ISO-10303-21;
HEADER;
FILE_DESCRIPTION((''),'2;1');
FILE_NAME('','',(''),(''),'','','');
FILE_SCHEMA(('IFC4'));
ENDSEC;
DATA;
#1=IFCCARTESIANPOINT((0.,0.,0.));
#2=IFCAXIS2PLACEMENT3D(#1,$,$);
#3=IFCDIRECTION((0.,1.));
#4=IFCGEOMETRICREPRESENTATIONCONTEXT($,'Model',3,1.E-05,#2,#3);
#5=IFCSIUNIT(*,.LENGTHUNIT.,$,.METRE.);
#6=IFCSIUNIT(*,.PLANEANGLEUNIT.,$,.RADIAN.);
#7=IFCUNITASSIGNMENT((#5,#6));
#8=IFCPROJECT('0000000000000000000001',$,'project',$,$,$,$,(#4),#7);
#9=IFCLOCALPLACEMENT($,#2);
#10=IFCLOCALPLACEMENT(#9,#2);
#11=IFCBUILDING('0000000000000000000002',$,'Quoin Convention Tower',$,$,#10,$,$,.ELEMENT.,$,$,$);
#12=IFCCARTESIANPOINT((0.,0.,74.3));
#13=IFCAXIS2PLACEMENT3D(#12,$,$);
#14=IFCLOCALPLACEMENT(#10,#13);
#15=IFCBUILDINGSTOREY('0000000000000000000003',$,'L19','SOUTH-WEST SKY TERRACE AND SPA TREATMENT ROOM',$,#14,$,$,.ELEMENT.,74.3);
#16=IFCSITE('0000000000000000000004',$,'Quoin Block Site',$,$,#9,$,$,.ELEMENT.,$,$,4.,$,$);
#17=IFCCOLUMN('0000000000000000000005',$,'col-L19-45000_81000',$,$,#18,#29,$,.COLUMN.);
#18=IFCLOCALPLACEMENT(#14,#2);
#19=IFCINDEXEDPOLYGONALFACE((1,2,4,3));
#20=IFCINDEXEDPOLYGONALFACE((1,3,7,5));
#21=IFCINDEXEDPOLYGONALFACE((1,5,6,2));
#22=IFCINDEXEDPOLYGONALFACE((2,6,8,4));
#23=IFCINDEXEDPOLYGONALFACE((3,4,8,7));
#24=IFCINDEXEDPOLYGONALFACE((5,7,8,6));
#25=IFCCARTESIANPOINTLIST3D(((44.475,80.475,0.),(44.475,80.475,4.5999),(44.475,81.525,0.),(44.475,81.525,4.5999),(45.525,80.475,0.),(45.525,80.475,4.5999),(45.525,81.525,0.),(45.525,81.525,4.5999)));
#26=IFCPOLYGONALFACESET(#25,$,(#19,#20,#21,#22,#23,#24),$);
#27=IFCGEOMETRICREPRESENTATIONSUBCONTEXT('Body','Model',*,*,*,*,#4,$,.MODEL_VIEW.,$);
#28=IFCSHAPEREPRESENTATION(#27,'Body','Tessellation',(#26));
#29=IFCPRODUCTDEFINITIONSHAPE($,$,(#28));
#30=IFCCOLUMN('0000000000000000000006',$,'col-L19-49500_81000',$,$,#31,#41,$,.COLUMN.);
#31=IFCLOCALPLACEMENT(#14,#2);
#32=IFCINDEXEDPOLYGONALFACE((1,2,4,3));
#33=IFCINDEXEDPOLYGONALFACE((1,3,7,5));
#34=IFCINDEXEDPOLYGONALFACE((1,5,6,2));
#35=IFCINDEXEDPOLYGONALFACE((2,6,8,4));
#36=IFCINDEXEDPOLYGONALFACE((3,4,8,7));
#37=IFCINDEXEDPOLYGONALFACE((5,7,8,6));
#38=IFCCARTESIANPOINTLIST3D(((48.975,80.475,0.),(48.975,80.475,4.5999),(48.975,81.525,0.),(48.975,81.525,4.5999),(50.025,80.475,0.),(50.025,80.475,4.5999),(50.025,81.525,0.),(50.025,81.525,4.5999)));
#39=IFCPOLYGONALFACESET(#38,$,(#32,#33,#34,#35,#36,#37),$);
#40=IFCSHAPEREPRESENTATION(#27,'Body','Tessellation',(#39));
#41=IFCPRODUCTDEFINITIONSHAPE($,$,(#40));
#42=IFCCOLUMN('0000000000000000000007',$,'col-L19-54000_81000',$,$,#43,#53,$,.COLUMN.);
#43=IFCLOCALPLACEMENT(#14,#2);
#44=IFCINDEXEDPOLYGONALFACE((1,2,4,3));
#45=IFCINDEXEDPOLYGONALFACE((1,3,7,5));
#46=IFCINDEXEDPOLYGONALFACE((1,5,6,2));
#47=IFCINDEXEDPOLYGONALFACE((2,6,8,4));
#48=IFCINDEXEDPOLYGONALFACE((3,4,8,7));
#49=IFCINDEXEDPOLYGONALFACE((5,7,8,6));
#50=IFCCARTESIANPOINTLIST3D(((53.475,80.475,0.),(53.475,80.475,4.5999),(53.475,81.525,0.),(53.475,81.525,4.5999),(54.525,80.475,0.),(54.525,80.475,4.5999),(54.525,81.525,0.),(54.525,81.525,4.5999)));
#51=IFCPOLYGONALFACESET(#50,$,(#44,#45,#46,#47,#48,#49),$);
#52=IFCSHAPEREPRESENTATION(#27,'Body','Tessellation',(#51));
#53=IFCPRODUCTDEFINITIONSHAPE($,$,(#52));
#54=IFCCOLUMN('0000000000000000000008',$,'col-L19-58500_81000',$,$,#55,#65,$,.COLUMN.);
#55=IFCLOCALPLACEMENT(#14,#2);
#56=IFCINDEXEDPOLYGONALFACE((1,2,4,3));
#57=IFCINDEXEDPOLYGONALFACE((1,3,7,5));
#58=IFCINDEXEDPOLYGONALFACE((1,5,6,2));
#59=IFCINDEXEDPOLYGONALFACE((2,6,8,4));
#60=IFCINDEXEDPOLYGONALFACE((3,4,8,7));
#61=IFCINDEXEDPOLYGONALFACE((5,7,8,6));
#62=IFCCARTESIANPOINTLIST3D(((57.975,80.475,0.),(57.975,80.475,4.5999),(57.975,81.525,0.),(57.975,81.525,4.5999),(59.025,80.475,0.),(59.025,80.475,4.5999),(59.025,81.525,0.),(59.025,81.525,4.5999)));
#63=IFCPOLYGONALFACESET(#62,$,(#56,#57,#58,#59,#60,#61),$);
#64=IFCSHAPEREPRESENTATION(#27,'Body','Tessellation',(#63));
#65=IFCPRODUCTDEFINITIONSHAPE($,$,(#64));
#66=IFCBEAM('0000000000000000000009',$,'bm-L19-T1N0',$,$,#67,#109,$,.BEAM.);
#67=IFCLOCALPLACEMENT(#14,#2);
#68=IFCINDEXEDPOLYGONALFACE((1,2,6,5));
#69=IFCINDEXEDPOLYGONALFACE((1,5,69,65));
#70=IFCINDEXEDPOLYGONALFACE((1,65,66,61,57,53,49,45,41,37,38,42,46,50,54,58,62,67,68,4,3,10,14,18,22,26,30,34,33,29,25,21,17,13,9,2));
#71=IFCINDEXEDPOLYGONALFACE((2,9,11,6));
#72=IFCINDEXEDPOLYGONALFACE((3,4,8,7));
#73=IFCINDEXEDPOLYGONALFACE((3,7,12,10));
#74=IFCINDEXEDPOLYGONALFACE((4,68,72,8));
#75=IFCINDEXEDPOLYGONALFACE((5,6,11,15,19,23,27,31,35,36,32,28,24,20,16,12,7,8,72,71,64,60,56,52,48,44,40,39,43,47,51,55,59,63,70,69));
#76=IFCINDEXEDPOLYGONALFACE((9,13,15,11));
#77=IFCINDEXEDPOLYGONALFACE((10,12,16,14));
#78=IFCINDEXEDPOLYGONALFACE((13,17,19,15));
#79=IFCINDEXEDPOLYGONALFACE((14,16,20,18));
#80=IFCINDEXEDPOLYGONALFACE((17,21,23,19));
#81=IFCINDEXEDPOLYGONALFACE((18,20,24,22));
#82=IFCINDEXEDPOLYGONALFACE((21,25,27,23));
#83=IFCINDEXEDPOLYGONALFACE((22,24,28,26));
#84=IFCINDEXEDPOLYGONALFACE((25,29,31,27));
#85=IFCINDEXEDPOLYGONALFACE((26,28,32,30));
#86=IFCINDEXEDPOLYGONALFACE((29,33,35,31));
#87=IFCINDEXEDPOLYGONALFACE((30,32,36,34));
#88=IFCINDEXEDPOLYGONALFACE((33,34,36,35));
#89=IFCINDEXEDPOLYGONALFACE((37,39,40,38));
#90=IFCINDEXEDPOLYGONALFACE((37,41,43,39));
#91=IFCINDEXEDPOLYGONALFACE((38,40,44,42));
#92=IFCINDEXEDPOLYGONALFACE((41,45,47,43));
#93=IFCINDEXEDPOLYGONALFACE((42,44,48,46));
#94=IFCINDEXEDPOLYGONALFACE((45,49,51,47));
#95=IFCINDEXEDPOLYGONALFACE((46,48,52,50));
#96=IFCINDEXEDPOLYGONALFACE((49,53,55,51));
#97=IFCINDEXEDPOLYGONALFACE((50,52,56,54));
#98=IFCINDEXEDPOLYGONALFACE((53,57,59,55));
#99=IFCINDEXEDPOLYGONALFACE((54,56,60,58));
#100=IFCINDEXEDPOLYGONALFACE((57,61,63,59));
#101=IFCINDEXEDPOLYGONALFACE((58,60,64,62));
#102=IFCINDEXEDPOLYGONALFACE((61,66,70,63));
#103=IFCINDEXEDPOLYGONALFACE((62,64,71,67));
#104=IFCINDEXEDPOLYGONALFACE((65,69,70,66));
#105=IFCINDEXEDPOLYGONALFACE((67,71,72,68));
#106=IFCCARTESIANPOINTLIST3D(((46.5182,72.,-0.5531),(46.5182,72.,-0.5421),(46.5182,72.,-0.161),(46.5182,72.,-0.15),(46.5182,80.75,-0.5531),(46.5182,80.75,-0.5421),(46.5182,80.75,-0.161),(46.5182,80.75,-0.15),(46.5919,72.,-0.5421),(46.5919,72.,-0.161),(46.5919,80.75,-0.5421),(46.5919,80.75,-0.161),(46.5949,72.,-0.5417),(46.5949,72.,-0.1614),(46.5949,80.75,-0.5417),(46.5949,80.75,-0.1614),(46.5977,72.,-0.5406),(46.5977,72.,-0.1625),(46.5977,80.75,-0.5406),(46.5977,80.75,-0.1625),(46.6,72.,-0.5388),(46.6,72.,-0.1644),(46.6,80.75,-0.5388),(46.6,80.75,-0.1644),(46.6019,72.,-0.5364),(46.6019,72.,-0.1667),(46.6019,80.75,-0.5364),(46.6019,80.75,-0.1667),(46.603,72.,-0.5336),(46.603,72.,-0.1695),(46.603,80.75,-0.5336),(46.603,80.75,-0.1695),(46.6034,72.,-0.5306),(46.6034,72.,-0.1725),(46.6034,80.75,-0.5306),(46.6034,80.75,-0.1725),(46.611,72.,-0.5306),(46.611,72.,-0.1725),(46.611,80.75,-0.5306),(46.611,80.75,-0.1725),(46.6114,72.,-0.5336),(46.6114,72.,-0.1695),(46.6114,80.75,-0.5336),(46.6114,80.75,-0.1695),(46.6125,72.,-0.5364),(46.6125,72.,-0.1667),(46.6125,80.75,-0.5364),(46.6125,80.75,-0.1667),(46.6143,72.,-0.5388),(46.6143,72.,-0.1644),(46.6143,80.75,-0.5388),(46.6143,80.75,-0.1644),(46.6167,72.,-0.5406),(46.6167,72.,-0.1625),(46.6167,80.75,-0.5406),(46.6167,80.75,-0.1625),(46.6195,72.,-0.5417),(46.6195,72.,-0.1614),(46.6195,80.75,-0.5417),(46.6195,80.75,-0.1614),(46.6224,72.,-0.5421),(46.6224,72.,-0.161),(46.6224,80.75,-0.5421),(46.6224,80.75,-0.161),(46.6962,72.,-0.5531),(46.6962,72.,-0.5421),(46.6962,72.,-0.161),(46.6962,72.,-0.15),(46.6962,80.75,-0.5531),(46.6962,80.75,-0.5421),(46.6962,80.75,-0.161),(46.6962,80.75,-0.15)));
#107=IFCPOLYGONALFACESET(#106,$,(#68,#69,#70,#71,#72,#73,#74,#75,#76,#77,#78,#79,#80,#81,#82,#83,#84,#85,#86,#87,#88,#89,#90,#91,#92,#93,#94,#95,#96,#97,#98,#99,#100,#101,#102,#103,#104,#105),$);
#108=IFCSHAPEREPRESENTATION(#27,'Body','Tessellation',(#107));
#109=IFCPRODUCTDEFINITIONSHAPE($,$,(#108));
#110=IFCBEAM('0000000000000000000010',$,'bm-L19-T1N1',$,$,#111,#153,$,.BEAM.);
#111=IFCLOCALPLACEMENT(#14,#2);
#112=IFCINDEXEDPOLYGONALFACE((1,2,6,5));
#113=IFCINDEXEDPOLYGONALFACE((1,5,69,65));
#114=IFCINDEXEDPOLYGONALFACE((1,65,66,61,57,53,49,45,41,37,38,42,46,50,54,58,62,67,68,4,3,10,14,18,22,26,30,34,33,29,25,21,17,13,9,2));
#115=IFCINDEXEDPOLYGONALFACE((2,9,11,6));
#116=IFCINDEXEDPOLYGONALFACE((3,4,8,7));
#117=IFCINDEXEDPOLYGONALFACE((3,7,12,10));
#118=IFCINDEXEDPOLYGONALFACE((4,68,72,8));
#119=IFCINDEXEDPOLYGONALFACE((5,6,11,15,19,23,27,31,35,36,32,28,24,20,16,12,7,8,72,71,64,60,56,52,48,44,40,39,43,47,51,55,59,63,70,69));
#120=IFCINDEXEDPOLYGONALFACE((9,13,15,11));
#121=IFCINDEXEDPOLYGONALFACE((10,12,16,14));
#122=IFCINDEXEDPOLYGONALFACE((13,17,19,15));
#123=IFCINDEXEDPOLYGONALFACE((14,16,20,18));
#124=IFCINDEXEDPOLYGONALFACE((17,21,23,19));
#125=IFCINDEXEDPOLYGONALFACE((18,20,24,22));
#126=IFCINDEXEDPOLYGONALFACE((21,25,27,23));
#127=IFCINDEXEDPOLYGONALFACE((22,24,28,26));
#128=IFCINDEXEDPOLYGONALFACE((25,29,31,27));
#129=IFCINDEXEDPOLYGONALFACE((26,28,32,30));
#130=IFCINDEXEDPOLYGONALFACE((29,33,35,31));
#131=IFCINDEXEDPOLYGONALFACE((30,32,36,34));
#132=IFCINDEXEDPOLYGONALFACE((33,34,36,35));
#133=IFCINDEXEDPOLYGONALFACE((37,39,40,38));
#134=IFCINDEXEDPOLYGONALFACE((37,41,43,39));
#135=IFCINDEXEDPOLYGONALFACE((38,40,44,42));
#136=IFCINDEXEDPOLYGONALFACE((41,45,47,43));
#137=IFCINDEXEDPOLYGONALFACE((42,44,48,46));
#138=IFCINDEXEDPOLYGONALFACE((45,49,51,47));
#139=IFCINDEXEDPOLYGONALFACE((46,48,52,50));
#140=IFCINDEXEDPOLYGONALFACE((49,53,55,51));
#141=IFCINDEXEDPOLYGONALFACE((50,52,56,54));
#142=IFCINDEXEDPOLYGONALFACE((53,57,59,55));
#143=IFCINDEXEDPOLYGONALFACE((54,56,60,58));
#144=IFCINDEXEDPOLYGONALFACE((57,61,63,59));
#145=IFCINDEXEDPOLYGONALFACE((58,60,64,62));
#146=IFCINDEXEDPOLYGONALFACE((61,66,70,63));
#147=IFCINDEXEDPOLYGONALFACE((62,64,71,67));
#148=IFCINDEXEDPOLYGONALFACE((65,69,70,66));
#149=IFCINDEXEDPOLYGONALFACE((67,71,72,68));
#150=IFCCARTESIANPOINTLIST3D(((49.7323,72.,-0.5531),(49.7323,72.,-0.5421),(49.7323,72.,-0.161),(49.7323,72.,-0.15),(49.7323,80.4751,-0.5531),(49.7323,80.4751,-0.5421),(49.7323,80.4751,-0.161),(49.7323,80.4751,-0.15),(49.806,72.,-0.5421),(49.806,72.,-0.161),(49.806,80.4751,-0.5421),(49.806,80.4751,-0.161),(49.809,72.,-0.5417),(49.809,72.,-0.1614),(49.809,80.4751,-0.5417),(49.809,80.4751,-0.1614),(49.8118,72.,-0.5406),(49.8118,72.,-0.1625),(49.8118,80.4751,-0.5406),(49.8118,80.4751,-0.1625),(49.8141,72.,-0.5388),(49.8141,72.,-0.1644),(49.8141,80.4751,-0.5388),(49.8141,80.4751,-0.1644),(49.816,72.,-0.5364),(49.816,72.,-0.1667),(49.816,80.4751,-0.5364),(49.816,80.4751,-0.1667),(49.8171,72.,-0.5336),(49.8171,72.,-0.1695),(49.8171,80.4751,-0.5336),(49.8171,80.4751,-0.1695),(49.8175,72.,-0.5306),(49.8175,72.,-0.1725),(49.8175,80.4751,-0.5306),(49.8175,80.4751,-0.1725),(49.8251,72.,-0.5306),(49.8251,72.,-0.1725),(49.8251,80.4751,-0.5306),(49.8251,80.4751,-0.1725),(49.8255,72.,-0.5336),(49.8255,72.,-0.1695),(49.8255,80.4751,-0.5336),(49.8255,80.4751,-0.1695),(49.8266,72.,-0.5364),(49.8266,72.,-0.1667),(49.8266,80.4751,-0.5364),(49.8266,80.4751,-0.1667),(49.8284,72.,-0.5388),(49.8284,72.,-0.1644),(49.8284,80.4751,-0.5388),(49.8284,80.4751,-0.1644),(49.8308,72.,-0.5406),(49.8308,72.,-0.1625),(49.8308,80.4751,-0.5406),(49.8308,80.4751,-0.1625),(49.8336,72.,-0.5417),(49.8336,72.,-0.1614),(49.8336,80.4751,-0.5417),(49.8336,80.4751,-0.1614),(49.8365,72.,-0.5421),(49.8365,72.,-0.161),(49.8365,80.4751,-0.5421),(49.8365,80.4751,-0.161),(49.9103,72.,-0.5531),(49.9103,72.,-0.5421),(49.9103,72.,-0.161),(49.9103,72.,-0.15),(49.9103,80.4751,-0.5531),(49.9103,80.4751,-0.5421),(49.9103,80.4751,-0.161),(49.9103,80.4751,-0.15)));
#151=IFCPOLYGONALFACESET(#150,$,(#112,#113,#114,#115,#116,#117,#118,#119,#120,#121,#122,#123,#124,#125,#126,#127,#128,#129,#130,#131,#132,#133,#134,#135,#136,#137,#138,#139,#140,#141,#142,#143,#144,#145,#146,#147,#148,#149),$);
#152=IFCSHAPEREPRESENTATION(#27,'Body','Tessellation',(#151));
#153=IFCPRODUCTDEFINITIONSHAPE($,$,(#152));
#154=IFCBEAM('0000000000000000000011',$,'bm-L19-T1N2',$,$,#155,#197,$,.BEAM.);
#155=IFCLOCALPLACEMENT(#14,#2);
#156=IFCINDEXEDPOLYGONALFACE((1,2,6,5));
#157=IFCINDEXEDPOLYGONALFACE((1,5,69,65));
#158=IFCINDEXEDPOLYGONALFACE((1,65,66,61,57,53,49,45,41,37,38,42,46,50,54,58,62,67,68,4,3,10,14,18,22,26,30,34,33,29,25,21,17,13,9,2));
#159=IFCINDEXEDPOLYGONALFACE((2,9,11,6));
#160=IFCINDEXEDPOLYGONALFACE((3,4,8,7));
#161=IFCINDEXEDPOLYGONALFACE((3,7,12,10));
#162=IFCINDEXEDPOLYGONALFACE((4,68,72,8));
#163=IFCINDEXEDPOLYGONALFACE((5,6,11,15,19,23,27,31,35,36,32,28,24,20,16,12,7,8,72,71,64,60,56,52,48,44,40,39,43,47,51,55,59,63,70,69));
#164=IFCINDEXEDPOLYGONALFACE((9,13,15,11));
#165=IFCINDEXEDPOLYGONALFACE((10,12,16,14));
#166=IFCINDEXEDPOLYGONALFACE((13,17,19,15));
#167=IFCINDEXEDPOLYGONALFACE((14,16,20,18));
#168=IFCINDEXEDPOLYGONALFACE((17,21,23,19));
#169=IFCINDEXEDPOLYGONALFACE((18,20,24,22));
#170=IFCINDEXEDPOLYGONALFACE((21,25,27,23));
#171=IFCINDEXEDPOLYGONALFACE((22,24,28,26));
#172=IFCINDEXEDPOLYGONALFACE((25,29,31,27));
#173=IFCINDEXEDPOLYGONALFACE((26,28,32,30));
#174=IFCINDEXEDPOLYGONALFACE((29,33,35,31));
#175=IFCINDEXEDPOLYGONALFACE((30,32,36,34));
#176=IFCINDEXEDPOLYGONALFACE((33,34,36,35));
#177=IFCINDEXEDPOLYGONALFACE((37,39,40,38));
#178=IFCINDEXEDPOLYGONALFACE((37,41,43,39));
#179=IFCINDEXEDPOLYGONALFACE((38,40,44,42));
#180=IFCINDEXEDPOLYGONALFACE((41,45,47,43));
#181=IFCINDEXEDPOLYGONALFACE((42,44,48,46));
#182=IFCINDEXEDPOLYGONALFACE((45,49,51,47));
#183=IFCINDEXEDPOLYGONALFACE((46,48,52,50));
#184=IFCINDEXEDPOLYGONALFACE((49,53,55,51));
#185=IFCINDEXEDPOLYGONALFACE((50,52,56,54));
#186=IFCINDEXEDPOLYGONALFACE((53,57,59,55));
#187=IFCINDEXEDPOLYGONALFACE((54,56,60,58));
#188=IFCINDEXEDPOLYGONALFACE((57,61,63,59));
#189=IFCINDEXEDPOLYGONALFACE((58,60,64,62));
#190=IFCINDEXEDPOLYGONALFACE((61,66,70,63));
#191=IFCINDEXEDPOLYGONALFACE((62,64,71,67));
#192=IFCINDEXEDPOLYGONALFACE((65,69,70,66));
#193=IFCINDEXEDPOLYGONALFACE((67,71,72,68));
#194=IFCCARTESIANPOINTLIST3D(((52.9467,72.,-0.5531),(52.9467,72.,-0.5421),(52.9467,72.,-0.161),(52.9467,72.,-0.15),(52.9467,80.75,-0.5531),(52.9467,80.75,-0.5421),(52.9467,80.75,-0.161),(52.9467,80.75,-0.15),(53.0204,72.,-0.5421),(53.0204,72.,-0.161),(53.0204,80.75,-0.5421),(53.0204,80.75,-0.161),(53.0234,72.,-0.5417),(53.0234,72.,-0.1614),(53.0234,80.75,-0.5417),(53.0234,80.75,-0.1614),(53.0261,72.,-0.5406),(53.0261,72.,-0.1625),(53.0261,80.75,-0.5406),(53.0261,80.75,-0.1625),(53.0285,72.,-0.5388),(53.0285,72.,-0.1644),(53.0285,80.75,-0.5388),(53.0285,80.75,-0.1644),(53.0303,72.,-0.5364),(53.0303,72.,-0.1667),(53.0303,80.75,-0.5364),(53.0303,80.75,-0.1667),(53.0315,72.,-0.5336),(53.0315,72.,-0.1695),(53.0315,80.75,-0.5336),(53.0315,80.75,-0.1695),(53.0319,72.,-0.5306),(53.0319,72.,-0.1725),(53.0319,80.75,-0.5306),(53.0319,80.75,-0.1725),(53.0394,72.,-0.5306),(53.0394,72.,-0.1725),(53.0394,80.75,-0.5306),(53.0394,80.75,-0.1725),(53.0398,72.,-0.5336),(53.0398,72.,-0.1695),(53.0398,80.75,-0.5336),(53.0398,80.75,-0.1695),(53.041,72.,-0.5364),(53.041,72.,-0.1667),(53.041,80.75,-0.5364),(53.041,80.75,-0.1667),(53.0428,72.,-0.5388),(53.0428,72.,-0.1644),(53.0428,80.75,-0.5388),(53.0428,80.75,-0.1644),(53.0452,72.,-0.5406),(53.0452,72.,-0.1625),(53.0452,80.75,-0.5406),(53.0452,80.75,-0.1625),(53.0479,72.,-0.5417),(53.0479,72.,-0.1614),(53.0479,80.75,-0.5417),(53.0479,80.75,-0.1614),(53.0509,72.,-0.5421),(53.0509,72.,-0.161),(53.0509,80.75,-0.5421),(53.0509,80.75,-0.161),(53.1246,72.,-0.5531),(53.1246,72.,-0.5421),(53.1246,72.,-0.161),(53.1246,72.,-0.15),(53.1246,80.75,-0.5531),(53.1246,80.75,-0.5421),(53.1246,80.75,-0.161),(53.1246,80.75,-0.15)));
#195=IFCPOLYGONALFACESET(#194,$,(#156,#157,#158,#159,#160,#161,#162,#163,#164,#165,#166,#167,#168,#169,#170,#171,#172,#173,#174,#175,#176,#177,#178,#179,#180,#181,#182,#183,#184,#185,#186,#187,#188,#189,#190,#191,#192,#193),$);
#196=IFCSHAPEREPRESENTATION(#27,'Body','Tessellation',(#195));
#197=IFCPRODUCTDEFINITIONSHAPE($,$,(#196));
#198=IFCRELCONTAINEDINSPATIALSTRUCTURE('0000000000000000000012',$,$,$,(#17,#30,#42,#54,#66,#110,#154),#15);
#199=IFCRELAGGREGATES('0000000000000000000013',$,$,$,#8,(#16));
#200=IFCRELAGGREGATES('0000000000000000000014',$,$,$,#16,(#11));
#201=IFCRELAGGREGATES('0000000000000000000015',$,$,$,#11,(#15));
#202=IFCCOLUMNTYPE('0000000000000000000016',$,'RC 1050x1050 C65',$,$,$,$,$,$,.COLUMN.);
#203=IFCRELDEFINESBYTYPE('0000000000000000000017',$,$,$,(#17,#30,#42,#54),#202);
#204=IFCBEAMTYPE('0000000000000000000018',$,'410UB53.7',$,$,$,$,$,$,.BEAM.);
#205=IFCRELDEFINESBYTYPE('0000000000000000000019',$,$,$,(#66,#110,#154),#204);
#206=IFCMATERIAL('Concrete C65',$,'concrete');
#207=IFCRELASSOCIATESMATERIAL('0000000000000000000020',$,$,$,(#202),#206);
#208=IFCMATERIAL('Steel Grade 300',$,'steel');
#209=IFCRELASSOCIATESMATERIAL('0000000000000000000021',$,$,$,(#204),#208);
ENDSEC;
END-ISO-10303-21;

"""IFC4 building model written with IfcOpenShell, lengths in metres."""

from ifc_helpers import new_model, si_unit, direction, frame, origin, origin_2d, place, context, subcontext, project, spatial, rectangle, i_section, extrude, material, material_profile, profile_set, type_object, element, save


model = new_model("IFC4")

# Units and contexts
model_context = context("Model", 3, precision=1e-05, world=origin(), true_north=direction((0.0, 1.0)))
body_context = subcontext(model_context, "Body", "Model", "MODEL_VIEW")
ifc_project = project(units=[si_unit("LENGTHUNIT", "METRE"), si_unit("PLANEANGLEUNIT", "RADIAN")], contexts=[model_context])

# Site, building, storey
site_placement = place(None, origin())
site = spatial("IfcSite", under=ifc_project, at=site_placement, Name="Quoin Block Site", CompositionType="ELEMENT", RefElevation=4.0)
building_placement = place(site_placement, origin())
building = spatial("IfcBuilding", under=site, at=building_placement, Name="Quoin Convention Tower", CompositionType="ELEMENT")
storey_placement = place(building_placement, frame((0.0, 0.0, 74.3)))
storey = spatial("IfcBuildingStorey", under=building, at=storey_placement, Name="L19", Description="SOUTH-WEST SKY TERRACE AND SPA TREATMENT ROOM", CompositionType="ELEMENT", Elevation=74.3)

# Columns
ifc_material_1 = material(Name="Concrete C65", Category="concrete")
ifc_material_profile_1 = material_profile(ifc_material_1, rectangle(XDim=1.05, YDim=1.05, at=origin_2d()), Name="RC 1050x1050")
ifc_profile_set_1 = profile_set([ifc_material_profile_1], Name="Concrete C65")
column_type = type_object("IfcColumnType", Name="RC 1050x1050 C65", PredefinedType="COLUMN", material=ifc_profile_set_1)
for number, where, z_axis, x_axis, name in (
    (1, (45.0, 81.0, 0.0), (0.0, 0.0, 1.0), (1.0, 0.0, 0.0), "col-L19-45000_81000"),
    (2, (49.5, 81.0, 0.0), (0.0, 0.0, 1.0), (1.0, 0.0, 0.0), "col-L19-49500_81000"),
    (3, (54.0, 81.0, 0.0), (0.0, 0.0, 1.0), (1.0, 0.0, 0.0), "col-L19-54000_81000"),
    (4, (58.5, 81.0, 0.0), (0.0, 0.0, 1.0), (1.0, 0.0, 0.0), "col-L19-58500_81000"),
):
    element("IfcColumn", number, at=place(storey_placement, frame(where, z_axis=z_axis, x_axis=x_axis)), inside=storey, type_object=column_type, Name=name, PredefinedType="COLUMN", context=body_context, shape_type="SweptSolid", body=[
        extrude(rectangle(XDim=1.05, YDim=1.05, at=origin_2d()), origin(), (0.0, 0.0, 1.0), 4.5999),
    ])

# Beams
ifc_material_2 = material(Name="Steel Grade 300", Category="steel")
ifc_material_profile_2 = material_profile(ifc_material_2, i_section(OverallWidth=0.178, OverallDepth=0.4031, WebThickness=0.0076, FlangeThickness=0.011, FilletRadius=0.0115, at=origin_2d()), Name="410UB53.7")
ifc_profile_set_2 = profile_set([ifc_material_profile_2], Name="Steel Grade 300")
beam_type = type_object("IfcBeamType", Name="410UB53.7", PredefinedType="BEAM", material=ifc_profile_set_2)
beam_1_placement = place(storey_placement, frame((46.6072, 72.0, -0.3516), z_axis=(0.0, 1.0, 0.0), x_axis=(-1.0, 0.0, 0.0)))
element("IfcBeam", 5, at=beam_1_placement, inside=storey, type_object=beam_type, Name="bm-L19-T1N0", PredefinedType="BEAM", context=body_context, shape_type="SweptSolid", body=[
    extrude(i_section(OverallWidth=0.178, OverallDepth=0.4031, WebThickness=0.0076, FlangeThickness=0.011, FilletRadius=0.0115, at=origin_2d()), origin(), (0.0, 0.0, 1.0), 8.75),
])
beam_2_placement = place(storey_placement, frame((49.8213, 72.0, -0.3516), z_axis=(0.0, 1.0, 0.0), x_axis=(-1.0, 0.0, 0.0)))
element("IfcBeam", 6, at=beam_2_placement, inside=storey, type_object=beam_type, Name="bm-L19-T1N1", PredefinedType="BEAM", context=body_context, shape_type="SweptSolid", body=[
    extrude(i_section(OverallWidth=0.178, OverallDepth=0.4031, WebThickness=0.0076, FlangeThickness=0.011, FilletRadius=0.0115, at=origin_2d()), origin(), (0.0, 0.0, 1.0), 8.4751),
])
for number, where, z_axis, x_axis, name in (
    (7, (53.0356, 72.0, -0.3516), (0.0, 1.0, 0.0), (-1.0, 0.0, 0.0), "bm-L19-T1N2"),
):
    element("IfcBeam", number, at=place(storey_placement, frame(where, z_axis=z_axis, x_axis=x_axis)), inside=storey, type_object=beam_type, Name=name, PredefinedType="BEAM", context=body_context, shape_type="SweptSolid", body=[
        extrude(i_section(OverallWidth=0.178, OverallDepth=0.4031, WebThickness=0.0076, FlangeThickness=0.011, FilletRadius=0.0115, at=origin_2d()), origin(), (0.0, 0.0, 1.0), 8.75),
    ])

save(model, "model.ifc")
